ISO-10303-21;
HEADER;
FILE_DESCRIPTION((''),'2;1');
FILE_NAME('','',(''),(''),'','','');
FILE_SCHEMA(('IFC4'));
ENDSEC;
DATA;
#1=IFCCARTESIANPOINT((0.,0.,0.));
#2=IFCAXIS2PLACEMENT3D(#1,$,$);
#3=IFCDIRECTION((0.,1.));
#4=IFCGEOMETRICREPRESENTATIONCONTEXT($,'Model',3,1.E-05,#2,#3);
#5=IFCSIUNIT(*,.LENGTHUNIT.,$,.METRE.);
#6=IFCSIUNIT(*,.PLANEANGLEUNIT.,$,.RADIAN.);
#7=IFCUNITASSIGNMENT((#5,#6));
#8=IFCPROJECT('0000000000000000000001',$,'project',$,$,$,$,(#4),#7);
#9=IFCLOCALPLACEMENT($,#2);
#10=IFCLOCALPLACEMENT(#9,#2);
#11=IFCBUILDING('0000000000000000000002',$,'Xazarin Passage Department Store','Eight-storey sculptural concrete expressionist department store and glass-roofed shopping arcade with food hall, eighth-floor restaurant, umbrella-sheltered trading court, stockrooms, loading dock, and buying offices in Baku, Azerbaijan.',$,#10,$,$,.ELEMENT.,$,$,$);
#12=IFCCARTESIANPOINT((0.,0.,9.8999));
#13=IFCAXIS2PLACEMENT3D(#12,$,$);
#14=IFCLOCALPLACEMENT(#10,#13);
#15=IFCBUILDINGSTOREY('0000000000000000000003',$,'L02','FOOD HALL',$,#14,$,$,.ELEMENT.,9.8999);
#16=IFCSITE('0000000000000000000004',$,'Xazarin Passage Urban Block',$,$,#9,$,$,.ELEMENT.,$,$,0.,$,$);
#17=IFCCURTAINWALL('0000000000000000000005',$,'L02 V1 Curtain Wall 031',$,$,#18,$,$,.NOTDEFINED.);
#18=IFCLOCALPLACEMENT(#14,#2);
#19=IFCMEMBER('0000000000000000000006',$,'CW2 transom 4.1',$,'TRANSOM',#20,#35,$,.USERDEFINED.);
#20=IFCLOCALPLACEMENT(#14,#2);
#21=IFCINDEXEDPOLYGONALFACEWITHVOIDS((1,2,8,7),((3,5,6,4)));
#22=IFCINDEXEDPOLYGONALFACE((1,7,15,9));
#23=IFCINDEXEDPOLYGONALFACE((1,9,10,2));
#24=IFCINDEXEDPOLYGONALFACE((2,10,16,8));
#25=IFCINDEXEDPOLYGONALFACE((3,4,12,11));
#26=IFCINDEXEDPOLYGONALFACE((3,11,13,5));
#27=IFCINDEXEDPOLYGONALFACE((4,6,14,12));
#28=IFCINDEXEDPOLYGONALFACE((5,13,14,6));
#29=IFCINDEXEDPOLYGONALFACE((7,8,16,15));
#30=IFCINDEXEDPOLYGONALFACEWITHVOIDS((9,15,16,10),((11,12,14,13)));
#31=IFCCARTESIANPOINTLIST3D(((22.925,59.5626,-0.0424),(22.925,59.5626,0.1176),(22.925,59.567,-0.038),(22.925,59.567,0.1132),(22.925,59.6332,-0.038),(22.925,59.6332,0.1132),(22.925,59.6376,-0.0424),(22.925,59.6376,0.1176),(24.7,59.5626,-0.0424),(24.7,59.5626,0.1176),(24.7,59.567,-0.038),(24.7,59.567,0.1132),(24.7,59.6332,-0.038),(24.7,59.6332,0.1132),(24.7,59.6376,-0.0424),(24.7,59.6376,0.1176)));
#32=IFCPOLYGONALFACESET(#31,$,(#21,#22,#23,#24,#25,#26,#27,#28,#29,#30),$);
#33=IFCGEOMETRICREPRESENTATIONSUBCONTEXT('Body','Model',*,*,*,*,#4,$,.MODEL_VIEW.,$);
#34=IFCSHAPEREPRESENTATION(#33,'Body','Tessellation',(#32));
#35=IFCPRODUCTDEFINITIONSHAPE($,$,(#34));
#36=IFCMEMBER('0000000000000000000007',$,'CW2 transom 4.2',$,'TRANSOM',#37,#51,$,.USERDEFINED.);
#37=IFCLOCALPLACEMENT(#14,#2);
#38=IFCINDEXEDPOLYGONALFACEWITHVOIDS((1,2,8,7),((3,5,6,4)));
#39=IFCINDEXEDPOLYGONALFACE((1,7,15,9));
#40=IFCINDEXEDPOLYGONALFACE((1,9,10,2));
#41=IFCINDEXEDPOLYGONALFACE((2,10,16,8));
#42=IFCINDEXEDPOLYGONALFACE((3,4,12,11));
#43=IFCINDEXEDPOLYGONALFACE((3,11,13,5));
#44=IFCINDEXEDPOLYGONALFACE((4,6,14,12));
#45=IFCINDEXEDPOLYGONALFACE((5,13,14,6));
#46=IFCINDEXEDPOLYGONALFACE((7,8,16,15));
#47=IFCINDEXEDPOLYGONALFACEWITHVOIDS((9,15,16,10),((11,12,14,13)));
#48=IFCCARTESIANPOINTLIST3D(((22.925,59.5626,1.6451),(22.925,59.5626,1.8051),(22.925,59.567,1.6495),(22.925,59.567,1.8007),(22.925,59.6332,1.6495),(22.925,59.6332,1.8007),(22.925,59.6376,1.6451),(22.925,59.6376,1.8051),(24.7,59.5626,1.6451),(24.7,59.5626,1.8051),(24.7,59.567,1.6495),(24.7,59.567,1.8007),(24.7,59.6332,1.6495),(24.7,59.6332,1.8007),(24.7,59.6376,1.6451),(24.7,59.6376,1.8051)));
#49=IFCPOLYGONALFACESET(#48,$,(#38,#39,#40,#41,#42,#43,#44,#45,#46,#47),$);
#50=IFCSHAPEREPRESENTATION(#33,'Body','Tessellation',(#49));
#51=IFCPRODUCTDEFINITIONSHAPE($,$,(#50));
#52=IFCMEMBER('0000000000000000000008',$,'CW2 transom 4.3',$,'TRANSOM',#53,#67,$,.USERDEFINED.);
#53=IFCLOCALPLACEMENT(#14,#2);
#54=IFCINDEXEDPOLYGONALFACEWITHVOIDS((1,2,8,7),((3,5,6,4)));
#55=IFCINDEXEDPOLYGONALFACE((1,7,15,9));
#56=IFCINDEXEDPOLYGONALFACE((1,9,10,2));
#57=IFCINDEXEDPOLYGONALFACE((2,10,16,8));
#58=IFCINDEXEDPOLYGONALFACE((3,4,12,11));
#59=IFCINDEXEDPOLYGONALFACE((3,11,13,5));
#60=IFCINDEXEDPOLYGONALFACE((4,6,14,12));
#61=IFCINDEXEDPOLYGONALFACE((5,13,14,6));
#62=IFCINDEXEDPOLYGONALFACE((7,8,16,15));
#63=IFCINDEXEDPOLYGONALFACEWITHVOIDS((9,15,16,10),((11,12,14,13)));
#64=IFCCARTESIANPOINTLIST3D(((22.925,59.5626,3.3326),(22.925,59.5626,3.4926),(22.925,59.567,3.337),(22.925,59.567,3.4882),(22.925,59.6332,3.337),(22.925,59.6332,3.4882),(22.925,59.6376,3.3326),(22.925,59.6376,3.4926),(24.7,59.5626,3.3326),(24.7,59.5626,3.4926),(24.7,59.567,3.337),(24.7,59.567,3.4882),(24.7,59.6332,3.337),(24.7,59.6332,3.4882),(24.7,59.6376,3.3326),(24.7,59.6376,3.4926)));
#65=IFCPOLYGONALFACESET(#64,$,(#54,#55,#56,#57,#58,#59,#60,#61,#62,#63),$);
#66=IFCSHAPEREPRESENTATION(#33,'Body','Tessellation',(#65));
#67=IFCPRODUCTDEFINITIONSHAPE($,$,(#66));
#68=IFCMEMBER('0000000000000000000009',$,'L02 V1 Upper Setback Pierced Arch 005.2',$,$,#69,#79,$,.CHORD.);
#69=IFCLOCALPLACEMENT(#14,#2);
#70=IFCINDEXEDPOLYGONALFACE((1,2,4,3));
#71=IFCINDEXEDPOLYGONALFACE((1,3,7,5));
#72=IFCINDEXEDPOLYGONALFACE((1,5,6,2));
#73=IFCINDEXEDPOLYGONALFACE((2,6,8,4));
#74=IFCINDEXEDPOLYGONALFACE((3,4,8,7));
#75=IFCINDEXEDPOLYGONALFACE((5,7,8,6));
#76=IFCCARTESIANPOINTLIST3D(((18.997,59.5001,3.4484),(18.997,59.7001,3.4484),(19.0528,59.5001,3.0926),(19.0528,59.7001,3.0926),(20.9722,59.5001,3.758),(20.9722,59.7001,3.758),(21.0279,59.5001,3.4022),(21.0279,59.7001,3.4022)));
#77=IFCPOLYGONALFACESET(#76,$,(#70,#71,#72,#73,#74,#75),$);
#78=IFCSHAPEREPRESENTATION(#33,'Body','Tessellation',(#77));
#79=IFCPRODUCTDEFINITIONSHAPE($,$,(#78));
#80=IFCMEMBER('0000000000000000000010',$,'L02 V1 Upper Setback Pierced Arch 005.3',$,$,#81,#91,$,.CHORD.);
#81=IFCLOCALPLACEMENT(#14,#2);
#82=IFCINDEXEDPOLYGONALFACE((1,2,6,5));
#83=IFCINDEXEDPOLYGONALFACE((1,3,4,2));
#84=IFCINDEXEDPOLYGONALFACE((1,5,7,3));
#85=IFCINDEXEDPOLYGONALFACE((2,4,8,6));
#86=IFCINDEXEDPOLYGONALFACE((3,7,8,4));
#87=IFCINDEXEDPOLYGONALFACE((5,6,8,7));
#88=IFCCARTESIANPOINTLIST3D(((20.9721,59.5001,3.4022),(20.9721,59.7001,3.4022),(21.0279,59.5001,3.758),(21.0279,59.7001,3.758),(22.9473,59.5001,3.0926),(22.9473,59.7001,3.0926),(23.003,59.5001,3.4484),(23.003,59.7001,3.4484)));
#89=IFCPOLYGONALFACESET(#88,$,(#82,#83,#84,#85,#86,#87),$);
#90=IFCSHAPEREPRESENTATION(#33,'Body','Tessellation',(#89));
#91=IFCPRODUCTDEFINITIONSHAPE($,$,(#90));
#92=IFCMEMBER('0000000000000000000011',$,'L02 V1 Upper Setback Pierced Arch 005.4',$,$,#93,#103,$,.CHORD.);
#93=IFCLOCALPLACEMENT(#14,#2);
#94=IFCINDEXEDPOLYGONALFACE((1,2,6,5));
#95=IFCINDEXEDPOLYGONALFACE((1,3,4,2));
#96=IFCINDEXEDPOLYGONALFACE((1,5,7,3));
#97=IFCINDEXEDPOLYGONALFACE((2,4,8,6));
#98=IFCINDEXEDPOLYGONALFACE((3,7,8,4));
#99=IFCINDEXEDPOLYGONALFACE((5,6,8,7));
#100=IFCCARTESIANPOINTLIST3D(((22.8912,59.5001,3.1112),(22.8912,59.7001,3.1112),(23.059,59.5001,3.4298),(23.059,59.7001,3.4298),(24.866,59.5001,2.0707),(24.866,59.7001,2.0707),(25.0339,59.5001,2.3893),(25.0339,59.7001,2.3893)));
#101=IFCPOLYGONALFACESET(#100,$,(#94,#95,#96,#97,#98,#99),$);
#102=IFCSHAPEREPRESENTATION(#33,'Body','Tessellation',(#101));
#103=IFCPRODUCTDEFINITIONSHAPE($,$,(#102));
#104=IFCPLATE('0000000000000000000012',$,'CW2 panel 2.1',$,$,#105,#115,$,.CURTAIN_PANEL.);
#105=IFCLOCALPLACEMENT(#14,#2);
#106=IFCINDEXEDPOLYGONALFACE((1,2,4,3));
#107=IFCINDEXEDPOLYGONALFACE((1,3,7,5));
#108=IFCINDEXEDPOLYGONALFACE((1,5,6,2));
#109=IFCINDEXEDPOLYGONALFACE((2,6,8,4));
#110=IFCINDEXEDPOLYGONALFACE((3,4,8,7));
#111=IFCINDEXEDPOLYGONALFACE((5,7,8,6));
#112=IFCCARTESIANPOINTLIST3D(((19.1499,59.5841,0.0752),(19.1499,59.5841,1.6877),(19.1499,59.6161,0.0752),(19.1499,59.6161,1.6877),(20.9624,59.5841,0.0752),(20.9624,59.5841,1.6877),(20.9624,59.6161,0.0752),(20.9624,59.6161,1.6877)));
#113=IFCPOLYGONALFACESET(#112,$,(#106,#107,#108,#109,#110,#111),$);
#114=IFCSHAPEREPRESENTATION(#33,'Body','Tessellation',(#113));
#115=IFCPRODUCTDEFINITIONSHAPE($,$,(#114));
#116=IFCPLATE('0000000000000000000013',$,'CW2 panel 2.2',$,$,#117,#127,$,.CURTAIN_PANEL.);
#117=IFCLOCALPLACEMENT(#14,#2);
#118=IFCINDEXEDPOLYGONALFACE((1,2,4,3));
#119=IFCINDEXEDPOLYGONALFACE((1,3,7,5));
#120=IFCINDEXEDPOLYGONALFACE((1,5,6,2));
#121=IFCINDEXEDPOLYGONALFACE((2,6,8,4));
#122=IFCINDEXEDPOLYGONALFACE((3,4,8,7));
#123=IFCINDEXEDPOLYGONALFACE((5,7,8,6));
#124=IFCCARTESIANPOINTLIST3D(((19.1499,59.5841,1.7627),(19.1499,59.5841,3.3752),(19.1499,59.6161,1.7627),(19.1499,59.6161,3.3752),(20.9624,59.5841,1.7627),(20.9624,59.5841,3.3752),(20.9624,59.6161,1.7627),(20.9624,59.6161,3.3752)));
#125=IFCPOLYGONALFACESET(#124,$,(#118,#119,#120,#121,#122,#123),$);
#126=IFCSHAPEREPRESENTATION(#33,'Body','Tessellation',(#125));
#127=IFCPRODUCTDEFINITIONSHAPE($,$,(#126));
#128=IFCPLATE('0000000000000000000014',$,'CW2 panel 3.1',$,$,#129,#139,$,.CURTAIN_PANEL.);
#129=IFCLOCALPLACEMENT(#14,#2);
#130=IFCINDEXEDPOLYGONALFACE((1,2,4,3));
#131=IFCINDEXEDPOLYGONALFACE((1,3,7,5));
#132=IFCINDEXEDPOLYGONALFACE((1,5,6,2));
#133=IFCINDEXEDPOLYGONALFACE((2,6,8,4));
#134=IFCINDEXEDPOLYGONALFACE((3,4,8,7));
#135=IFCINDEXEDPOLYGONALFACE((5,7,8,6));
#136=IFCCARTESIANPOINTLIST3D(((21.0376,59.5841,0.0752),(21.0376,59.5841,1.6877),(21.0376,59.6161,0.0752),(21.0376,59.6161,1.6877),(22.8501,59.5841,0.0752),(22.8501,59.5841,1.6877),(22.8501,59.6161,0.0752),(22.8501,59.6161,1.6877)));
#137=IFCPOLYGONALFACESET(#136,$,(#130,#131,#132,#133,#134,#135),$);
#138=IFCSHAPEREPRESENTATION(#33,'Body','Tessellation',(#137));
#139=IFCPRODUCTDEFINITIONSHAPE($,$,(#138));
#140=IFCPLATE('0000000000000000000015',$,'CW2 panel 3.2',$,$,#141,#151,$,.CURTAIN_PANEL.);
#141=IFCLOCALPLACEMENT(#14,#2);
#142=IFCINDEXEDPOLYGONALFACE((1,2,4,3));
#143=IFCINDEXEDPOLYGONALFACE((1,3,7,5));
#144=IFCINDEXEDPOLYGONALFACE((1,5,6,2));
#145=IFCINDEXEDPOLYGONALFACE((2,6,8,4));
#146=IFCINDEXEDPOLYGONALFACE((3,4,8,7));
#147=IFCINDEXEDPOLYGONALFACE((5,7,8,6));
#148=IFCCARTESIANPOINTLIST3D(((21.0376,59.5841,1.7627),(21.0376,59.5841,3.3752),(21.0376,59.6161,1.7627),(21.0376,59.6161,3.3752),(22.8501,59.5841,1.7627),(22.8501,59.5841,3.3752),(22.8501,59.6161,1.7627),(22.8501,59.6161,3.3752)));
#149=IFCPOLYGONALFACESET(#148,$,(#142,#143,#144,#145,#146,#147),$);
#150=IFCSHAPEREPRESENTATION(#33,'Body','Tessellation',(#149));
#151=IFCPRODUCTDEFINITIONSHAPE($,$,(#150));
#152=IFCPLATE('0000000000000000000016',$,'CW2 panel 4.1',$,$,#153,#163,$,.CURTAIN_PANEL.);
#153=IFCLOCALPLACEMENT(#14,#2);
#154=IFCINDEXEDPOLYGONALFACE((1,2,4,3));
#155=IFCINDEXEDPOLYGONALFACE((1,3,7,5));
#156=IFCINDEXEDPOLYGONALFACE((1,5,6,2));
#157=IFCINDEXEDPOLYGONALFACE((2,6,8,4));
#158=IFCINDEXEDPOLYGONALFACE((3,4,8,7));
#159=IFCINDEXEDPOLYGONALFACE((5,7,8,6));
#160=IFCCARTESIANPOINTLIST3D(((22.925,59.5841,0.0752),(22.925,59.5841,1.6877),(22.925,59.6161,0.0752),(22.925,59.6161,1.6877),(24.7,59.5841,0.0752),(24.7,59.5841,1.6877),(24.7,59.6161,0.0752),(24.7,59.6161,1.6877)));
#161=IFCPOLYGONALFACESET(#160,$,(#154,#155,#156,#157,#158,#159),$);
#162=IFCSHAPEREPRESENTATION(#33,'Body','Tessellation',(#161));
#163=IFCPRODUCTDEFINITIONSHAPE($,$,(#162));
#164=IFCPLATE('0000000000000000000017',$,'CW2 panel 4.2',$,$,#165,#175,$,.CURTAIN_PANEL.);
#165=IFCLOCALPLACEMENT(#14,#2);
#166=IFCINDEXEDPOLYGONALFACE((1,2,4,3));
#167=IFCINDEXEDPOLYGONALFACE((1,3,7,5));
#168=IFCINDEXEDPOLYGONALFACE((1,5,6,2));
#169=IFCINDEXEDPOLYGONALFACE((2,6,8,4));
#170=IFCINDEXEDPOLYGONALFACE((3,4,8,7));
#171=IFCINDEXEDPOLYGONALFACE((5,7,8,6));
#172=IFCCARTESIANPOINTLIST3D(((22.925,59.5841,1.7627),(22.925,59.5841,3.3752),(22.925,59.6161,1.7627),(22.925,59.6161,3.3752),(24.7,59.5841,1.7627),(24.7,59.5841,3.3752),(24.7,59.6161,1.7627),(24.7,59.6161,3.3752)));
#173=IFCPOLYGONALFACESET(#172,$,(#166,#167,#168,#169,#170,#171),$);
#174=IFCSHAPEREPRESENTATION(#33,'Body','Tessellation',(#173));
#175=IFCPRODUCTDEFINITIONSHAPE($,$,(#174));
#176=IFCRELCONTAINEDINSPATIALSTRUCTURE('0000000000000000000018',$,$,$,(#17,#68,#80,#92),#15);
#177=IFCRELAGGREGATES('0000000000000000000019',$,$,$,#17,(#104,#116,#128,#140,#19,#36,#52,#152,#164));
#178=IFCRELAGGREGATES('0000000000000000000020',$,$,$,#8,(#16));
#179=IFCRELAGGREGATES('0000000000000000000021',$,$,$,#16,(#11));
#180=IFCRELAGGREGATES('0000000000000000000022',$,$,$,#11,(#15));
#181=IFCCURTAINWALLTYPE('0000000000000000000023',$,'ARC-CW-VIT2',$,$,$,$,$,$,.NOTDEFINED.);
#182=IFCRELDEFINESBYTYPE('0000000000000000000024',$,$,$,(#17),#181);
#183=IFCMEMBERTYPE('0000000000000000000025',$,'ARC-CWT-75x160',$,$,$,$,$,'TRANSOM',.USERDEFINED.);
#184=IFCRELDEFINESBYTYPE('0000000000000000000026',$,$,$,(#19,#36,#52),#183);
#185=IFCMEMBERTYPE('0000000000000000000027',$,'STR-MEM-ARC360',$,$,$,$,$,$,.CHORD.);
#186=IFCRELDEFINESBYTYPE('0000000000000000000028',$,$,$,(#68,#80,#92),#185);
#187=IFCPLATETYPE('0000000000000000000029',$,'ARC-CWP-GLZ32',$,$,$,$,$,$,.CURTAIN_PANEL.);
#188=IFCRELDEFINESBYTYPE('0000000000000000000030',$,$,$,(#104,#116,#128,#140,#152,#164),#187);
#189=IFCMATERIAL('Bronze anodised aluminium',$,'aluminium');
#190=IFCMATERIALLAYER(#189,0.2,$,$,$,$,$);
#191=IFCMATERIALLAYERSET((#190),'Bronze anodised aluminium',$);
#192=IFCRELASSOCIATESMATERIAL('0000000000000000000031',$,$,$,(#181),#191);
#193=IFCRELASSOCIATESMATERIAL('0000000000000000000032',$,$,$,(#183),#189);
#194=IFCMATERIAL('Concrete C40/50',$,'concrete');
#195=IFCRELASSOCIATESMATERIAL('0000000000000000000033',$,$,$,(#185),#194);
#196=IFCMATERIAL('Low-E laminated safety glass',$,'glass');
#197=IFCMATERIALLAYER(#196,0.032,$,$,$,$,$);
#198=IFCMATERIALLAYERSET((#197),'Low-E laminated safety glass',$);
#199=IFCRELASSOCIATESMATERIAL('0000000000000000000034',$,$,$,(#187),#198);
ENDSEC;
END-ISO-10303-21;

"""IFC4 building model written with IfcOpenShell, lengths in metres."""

from ifc_helpers import new_model, si_unit, direction, frame, origin, origin_2d, place, context, subcontext, project, spatial, rectangle, hollow_rectangle, extrude, material, layer, layer_set, material_profile, profile_set, type_object, element, aggregate, save


model = new_model("IFC4")

# Units and contexts
model_context = context("Model", 3, precision=1e-05, world=origin(), true_north=direction((0.0, 1.0)))
body_context = subcontext(model_context, "Body", "Model", "MODEL_VIEW")
ifc_project = project(units=[si_unit("LENGTHUNIT", "METRE"), si_unit("PLANEANGLEUNIT", "RADIAN")], contexts=[model_context])

# Site, building, storey
site_placement = place(None, origin())
site = spatial("IfcSite", under=ifc_project, at=site_placement, Name="Xazarin Passage Urban Block", CompositionType="ELEMENT", RefElevation=0.0)
building_placement = place(site_placement, origin())
building = spatial("IfcBuilding", under=site, at=building_placement, Name="Xazarin Passage Department Store", Description="Eight-storey sculptural concrete expressionist department store and glass-roofed shopping arcade with food hall, eighth-floor restaurant, umbrella-sheltered trading court, stockrooms, loading dock, and buying offices in Baku, Azerbaijan.", CompositionType="ELEMENT")
storey_placement = place(building_placement, frame((0.0, 0.0, 9.8999)))
storey = spatial("IfcBuildingStorey", under=building, at=storey_placement, Name="L02", Description="FOOD HALL", CompositionType="ELEMENT", Elevation=9.8999)

# Shared definitions
ifc_material_1 = material(Name="Concrete C40/50", Category="concrete")

# Curtain wall, members
ifc_material_2 = material(Name="Bronze anodised aluminium", Category="aluminium")
ifc_layer_1 = layer(ifc_material_2, 0.2)
ifc_layer_set_1 = layer_set([ifc_layer_1], Name="Bronze anodised aluminium")
curtain_wall_type = type_object("IfcCurtainWallType", Name="ARC-CW-VIT2", PredefinedType="NOTDEFINED", material=ifc_layer_set_1)
curtain_wall_placement = place(storey_placement, origin())
curtain_wall = element("IfcCurtainWall", 1, at=curtain_wall_placement, inside=storey, type_object=curtain_wall_type, Name="L02 V1 Curtain Wall 031", PredefinedType="NOTDEFINED")
ifc_material_profile_1 = material_profile(ifc_material_2, hollow_rectangle(XDim=0.075, YDim=0.1599, WallThickness=0.0044, at=origin_2d()), Name="ALU 75x160")
ifc_profile_set_1 = profile_set([ifc_material_profile_1], Name="Bronze anodised aluminium")
member_type_1 = type_object("IfcMemberType", Name="ARC-CWT-75x160", ElementType="TRANSOM", PredefinedType="USERDEFINED", material=ifc_profile_set_1)
member_1_placement = place(storey_placement, frame((22.925, 59.6001, 0.0376), z_axis=(1.0, 0.0, 0.0), x_axis=(0.0, 1.0, 0.0)))
member_1 = element("IfcMember", 2, at=member_1_placement, type_object=member_type_1, Name="CW2 transom 4.1", ObjectType="TRANSOM", PredefinedType="USERDEFINED", context=body_context, shape_type="SweptSolid", body=[
    extrude(hollow_rectangle(XDim=0.075, YDim=0.1599, WallThickness=0.0044, at=origin_2d()), origin(), (0.0, 0.0, 1.0), 1.7749),
])
member_2_placement = place(storey_placement, frame((22.925, 59.6001, 1.7251), z_axis=(1.0, 0.0, 0.0), x_axis=(0.0, 1.0, 0.0)))
member_2 = element("IfcMember", 3, at=member_2_placement, type_object=member_type_1, Name="CW2 transom 4.2", ObjectType="TRANSOM", PredefinedType="USERDEFINED", context=body_context, shape_type="SweptSolid", body=[
    extrude(hollow_rectangle(XDim=0.075, YDim=0.1599, WallThickness=0.0044, at=origin_2d()), origin(), (0.0, 0.0, 1.0), 1.7749),
])
member_3_placement = place(storey_placement, frame((22.925, 59.6001, 3.4126), z_axis=(1.0, 0.0, 0.0), x_axis=(0.0, 1.0, 0.0)))
member_3 = element("IfcMember", 4, at=member_3_placement, type_object=member_type_1, Name="CW2 transom 4.3", ObjectType="TRANSOM", PredefinedType="USERDEFINED", context=body_context, shape_type="SweptSolid", body=[
    extrude(hollow_rectangle(XDim=0.075, YDim=0.1599, WallThickness=0.0044, at=origin_2d()), origin(), (0.0, 0.0, 1.0), 1.7749),
])

# Members
ifc_material_profile_2 = material_profile(ifc_material_1, rectangle(XDim=0.2, YDim=0.3601, at=origin_2d()), Name="RC 200x360")
ifc_profile_set_2 = profile_set([ifc_material_profile_2], Name="Concrete C40/50")
member_type_2 = type_object("IfcMemberType", Name="STR-MEM-ARC360", PredefinedType="CHORD", material=ifc_profile_set_2)
for number, where, z_axis, x_axis, name in (
    (5, (19.0249, 59.6001, 3.2705), (0.987939, 0.0, 0.154846), (0.0, 1.0, 0.0), "L02 V1 Upper Setback Pierced Arch 005.2"),
    (6, (21.0, 59.6001, 3.5801), (0.987939, 0.0, -0.154846), (0.0, 1.0, 0.0), "L02 V1 Upper Setback Pierced Arch 005.3"),
):
    element("IfcMember", number, at=place(storey_placement, frame(where, z_axis=z_axis, x_axis=x_axis)), inside=storey, type_object=member_type_2, Name=name, PredefinedType="CHORD", context=body_context, shape_type="SweptSolid", body=[
        extrude(rectangle(XDim=0.2, YDim=0.3601, at=origin_2d()), origin(), (0.0, 0.0, 1.0), 1.9993),
    ])
member_4_placement = place(storey_placement, frame((22.9751, 59.6001, 3.2705), z_axis=(0.884709, 0.0, -0.466143), x_axis=(0.0, 1.0, 0.0)))
element("IfcMember", 7, at=member_4_placement, inside=storey, type_object=member_type_2, Name="L02 V1 Upper Setback Pierced Arch 005.4", PredefinedType="CHORD", context=body_context, shape_type="SweptSolid", body=[
    extrude(rectangle(XDim=0.2, YDim=0.3601, at=origin_2d()), origin(), (0.0, 0.0, 1.0), 2.2322),
])

# Plates
ifc_material_3 = material(Name="Low-E laminated safety glass", Category="glass")
ifc_layer_2 = layer(ifc_material_3, 0.032)
ifc_layer_set_2 = layer_set([ifc_layer_2], Name="Low-E laminated safety glass")
plate_type = type_object("IfcPlateType", Name="ARC-CWP-GLZ32", PredefinedType="CURTAIN_PANEL", material=ifc_layer_set_2)
plate_1_placement = place(storey_placement, frame((20.0562, 59.6001, 0.0752), z_axis=(0.0, 0.0, 1.0), x_axis=(1.0, 0.0, 0.0)))
plate_1 = element("IfcPlate", 8, at=plate_1_placement, type_object=plate_type, Name="CW2 panel 2.1", PredefinedType="CURTAIN_PANEL", context=body_context, shape_type="SweptSolid", body=[
    extrude(rectangle(XDim=1.8125, YDim=0.032, at=origin_2d()), origin(), (0.0, 0.0, 1.0), 1.6125),
])
plate_2_placement = place(storey_placement, frame((20.0562, 59.6001, 1.7627), z_axis=(0.0, 0.0, 1.0), x_axis=(1.0, 0.0, 0.0)))
plate_2 = element("IfcPlate", 9, at=plate_2_placement, type_object=plate_type, Name="CW2 panel 2.2", PredefinedType="CURTAIN_PANEL", context=body_context, shape_type="SweptSolid", body=[
    extrude(rectangle(XDim=1.8125, YDim=0.032, at=origin_2d()), origin(), (0.0, 0.0, 1.0), 1.6125),
])
plate_3_placement = place(storey_placement, frame((21.9438, 59.6001, 0.0752), z_axis=(0.0, 0.0, 1.0), x_axis=(1.0, 0.0, 0.0)))
plate_3 = element("IfcPlate", 10, at=plate_3_placement, type_object=plate_type, Name="CW2 panel 3.1", PredefinedType="CURTAIN_PANEL", context=body_context, shape_type="SweptSolid", body=[
    extrude(rectangle(XDim=1.8125, YDim=0.032, at=origin_2d()), origin(), (0.0, 0.0, 1.0), 1.6125),
])
plate_4_placement = place(storey_placement, frame((21.9438, 59.6001, 1.7627), z_axis=(0.0, 0.0, 1.0), x_axis=(1.0, 0.0, 0.0)))
plate_4 = element("IfcPlate", 11, at=plate_4_placement, type_object=plate_type, Name="CW2 panel 3.2", PredefinedType="CURTAIN_PANEL", context=body_context, shape_type="SweptSolid", body=[
    extrude(rectangle(XDim=1.8125, YDim=0.032, at=origin_2d()), origin(), (0.0, 0.0, 1.0), 1.6125),
])
plate_5_placement = place(storey_placement, frame((23.8125, 59.6001, 0.0752), z_axis=(0.0, 0.0, 1.0), x_axis=(1.0, 0.0, 0.0)))
plate_5 = element("IfcPlate", 12, at=plate_5_placement, type_object=plate_type, Name="CW2 panel 4.1", PredefinedType="CURTAIN_PANEL", context=body_context, shape_type="SweptSolid", body=[
    extrude(rectangle(XDim=1.7749, YDim=0.032, at=origin_2d()), origin(), (0.0, 0.0, 1.0), 1.6125),
])
plate_6_placement = place(storey_placement, frame((23.8125, 59.6001, 1.7627), z_axis=(0.0, 0.0, 1.0), x_axis=(1.0, 0.0, 0.0)))
plate_6 = element("IfcPlate", 13, at=plate_6_placement, type_object=plate_type, Name="CW2 panel 4.2", PredefinedType="CURTAIN_PANEL", context=body_context, shape_type="SweptSolid", body=[
    extrude(rectangle(XDim=1.7749, YDim=0.032, at=origin_2d()), origin(), (0.0, 0.0, 1.0), 1.6125),
])
aggregate(curtain_wall, [plate_1, plate_2, plate_3, plate_4, member_1, member_2, member_3, plate_5, plate_6])

save(model, "model.ifc")
